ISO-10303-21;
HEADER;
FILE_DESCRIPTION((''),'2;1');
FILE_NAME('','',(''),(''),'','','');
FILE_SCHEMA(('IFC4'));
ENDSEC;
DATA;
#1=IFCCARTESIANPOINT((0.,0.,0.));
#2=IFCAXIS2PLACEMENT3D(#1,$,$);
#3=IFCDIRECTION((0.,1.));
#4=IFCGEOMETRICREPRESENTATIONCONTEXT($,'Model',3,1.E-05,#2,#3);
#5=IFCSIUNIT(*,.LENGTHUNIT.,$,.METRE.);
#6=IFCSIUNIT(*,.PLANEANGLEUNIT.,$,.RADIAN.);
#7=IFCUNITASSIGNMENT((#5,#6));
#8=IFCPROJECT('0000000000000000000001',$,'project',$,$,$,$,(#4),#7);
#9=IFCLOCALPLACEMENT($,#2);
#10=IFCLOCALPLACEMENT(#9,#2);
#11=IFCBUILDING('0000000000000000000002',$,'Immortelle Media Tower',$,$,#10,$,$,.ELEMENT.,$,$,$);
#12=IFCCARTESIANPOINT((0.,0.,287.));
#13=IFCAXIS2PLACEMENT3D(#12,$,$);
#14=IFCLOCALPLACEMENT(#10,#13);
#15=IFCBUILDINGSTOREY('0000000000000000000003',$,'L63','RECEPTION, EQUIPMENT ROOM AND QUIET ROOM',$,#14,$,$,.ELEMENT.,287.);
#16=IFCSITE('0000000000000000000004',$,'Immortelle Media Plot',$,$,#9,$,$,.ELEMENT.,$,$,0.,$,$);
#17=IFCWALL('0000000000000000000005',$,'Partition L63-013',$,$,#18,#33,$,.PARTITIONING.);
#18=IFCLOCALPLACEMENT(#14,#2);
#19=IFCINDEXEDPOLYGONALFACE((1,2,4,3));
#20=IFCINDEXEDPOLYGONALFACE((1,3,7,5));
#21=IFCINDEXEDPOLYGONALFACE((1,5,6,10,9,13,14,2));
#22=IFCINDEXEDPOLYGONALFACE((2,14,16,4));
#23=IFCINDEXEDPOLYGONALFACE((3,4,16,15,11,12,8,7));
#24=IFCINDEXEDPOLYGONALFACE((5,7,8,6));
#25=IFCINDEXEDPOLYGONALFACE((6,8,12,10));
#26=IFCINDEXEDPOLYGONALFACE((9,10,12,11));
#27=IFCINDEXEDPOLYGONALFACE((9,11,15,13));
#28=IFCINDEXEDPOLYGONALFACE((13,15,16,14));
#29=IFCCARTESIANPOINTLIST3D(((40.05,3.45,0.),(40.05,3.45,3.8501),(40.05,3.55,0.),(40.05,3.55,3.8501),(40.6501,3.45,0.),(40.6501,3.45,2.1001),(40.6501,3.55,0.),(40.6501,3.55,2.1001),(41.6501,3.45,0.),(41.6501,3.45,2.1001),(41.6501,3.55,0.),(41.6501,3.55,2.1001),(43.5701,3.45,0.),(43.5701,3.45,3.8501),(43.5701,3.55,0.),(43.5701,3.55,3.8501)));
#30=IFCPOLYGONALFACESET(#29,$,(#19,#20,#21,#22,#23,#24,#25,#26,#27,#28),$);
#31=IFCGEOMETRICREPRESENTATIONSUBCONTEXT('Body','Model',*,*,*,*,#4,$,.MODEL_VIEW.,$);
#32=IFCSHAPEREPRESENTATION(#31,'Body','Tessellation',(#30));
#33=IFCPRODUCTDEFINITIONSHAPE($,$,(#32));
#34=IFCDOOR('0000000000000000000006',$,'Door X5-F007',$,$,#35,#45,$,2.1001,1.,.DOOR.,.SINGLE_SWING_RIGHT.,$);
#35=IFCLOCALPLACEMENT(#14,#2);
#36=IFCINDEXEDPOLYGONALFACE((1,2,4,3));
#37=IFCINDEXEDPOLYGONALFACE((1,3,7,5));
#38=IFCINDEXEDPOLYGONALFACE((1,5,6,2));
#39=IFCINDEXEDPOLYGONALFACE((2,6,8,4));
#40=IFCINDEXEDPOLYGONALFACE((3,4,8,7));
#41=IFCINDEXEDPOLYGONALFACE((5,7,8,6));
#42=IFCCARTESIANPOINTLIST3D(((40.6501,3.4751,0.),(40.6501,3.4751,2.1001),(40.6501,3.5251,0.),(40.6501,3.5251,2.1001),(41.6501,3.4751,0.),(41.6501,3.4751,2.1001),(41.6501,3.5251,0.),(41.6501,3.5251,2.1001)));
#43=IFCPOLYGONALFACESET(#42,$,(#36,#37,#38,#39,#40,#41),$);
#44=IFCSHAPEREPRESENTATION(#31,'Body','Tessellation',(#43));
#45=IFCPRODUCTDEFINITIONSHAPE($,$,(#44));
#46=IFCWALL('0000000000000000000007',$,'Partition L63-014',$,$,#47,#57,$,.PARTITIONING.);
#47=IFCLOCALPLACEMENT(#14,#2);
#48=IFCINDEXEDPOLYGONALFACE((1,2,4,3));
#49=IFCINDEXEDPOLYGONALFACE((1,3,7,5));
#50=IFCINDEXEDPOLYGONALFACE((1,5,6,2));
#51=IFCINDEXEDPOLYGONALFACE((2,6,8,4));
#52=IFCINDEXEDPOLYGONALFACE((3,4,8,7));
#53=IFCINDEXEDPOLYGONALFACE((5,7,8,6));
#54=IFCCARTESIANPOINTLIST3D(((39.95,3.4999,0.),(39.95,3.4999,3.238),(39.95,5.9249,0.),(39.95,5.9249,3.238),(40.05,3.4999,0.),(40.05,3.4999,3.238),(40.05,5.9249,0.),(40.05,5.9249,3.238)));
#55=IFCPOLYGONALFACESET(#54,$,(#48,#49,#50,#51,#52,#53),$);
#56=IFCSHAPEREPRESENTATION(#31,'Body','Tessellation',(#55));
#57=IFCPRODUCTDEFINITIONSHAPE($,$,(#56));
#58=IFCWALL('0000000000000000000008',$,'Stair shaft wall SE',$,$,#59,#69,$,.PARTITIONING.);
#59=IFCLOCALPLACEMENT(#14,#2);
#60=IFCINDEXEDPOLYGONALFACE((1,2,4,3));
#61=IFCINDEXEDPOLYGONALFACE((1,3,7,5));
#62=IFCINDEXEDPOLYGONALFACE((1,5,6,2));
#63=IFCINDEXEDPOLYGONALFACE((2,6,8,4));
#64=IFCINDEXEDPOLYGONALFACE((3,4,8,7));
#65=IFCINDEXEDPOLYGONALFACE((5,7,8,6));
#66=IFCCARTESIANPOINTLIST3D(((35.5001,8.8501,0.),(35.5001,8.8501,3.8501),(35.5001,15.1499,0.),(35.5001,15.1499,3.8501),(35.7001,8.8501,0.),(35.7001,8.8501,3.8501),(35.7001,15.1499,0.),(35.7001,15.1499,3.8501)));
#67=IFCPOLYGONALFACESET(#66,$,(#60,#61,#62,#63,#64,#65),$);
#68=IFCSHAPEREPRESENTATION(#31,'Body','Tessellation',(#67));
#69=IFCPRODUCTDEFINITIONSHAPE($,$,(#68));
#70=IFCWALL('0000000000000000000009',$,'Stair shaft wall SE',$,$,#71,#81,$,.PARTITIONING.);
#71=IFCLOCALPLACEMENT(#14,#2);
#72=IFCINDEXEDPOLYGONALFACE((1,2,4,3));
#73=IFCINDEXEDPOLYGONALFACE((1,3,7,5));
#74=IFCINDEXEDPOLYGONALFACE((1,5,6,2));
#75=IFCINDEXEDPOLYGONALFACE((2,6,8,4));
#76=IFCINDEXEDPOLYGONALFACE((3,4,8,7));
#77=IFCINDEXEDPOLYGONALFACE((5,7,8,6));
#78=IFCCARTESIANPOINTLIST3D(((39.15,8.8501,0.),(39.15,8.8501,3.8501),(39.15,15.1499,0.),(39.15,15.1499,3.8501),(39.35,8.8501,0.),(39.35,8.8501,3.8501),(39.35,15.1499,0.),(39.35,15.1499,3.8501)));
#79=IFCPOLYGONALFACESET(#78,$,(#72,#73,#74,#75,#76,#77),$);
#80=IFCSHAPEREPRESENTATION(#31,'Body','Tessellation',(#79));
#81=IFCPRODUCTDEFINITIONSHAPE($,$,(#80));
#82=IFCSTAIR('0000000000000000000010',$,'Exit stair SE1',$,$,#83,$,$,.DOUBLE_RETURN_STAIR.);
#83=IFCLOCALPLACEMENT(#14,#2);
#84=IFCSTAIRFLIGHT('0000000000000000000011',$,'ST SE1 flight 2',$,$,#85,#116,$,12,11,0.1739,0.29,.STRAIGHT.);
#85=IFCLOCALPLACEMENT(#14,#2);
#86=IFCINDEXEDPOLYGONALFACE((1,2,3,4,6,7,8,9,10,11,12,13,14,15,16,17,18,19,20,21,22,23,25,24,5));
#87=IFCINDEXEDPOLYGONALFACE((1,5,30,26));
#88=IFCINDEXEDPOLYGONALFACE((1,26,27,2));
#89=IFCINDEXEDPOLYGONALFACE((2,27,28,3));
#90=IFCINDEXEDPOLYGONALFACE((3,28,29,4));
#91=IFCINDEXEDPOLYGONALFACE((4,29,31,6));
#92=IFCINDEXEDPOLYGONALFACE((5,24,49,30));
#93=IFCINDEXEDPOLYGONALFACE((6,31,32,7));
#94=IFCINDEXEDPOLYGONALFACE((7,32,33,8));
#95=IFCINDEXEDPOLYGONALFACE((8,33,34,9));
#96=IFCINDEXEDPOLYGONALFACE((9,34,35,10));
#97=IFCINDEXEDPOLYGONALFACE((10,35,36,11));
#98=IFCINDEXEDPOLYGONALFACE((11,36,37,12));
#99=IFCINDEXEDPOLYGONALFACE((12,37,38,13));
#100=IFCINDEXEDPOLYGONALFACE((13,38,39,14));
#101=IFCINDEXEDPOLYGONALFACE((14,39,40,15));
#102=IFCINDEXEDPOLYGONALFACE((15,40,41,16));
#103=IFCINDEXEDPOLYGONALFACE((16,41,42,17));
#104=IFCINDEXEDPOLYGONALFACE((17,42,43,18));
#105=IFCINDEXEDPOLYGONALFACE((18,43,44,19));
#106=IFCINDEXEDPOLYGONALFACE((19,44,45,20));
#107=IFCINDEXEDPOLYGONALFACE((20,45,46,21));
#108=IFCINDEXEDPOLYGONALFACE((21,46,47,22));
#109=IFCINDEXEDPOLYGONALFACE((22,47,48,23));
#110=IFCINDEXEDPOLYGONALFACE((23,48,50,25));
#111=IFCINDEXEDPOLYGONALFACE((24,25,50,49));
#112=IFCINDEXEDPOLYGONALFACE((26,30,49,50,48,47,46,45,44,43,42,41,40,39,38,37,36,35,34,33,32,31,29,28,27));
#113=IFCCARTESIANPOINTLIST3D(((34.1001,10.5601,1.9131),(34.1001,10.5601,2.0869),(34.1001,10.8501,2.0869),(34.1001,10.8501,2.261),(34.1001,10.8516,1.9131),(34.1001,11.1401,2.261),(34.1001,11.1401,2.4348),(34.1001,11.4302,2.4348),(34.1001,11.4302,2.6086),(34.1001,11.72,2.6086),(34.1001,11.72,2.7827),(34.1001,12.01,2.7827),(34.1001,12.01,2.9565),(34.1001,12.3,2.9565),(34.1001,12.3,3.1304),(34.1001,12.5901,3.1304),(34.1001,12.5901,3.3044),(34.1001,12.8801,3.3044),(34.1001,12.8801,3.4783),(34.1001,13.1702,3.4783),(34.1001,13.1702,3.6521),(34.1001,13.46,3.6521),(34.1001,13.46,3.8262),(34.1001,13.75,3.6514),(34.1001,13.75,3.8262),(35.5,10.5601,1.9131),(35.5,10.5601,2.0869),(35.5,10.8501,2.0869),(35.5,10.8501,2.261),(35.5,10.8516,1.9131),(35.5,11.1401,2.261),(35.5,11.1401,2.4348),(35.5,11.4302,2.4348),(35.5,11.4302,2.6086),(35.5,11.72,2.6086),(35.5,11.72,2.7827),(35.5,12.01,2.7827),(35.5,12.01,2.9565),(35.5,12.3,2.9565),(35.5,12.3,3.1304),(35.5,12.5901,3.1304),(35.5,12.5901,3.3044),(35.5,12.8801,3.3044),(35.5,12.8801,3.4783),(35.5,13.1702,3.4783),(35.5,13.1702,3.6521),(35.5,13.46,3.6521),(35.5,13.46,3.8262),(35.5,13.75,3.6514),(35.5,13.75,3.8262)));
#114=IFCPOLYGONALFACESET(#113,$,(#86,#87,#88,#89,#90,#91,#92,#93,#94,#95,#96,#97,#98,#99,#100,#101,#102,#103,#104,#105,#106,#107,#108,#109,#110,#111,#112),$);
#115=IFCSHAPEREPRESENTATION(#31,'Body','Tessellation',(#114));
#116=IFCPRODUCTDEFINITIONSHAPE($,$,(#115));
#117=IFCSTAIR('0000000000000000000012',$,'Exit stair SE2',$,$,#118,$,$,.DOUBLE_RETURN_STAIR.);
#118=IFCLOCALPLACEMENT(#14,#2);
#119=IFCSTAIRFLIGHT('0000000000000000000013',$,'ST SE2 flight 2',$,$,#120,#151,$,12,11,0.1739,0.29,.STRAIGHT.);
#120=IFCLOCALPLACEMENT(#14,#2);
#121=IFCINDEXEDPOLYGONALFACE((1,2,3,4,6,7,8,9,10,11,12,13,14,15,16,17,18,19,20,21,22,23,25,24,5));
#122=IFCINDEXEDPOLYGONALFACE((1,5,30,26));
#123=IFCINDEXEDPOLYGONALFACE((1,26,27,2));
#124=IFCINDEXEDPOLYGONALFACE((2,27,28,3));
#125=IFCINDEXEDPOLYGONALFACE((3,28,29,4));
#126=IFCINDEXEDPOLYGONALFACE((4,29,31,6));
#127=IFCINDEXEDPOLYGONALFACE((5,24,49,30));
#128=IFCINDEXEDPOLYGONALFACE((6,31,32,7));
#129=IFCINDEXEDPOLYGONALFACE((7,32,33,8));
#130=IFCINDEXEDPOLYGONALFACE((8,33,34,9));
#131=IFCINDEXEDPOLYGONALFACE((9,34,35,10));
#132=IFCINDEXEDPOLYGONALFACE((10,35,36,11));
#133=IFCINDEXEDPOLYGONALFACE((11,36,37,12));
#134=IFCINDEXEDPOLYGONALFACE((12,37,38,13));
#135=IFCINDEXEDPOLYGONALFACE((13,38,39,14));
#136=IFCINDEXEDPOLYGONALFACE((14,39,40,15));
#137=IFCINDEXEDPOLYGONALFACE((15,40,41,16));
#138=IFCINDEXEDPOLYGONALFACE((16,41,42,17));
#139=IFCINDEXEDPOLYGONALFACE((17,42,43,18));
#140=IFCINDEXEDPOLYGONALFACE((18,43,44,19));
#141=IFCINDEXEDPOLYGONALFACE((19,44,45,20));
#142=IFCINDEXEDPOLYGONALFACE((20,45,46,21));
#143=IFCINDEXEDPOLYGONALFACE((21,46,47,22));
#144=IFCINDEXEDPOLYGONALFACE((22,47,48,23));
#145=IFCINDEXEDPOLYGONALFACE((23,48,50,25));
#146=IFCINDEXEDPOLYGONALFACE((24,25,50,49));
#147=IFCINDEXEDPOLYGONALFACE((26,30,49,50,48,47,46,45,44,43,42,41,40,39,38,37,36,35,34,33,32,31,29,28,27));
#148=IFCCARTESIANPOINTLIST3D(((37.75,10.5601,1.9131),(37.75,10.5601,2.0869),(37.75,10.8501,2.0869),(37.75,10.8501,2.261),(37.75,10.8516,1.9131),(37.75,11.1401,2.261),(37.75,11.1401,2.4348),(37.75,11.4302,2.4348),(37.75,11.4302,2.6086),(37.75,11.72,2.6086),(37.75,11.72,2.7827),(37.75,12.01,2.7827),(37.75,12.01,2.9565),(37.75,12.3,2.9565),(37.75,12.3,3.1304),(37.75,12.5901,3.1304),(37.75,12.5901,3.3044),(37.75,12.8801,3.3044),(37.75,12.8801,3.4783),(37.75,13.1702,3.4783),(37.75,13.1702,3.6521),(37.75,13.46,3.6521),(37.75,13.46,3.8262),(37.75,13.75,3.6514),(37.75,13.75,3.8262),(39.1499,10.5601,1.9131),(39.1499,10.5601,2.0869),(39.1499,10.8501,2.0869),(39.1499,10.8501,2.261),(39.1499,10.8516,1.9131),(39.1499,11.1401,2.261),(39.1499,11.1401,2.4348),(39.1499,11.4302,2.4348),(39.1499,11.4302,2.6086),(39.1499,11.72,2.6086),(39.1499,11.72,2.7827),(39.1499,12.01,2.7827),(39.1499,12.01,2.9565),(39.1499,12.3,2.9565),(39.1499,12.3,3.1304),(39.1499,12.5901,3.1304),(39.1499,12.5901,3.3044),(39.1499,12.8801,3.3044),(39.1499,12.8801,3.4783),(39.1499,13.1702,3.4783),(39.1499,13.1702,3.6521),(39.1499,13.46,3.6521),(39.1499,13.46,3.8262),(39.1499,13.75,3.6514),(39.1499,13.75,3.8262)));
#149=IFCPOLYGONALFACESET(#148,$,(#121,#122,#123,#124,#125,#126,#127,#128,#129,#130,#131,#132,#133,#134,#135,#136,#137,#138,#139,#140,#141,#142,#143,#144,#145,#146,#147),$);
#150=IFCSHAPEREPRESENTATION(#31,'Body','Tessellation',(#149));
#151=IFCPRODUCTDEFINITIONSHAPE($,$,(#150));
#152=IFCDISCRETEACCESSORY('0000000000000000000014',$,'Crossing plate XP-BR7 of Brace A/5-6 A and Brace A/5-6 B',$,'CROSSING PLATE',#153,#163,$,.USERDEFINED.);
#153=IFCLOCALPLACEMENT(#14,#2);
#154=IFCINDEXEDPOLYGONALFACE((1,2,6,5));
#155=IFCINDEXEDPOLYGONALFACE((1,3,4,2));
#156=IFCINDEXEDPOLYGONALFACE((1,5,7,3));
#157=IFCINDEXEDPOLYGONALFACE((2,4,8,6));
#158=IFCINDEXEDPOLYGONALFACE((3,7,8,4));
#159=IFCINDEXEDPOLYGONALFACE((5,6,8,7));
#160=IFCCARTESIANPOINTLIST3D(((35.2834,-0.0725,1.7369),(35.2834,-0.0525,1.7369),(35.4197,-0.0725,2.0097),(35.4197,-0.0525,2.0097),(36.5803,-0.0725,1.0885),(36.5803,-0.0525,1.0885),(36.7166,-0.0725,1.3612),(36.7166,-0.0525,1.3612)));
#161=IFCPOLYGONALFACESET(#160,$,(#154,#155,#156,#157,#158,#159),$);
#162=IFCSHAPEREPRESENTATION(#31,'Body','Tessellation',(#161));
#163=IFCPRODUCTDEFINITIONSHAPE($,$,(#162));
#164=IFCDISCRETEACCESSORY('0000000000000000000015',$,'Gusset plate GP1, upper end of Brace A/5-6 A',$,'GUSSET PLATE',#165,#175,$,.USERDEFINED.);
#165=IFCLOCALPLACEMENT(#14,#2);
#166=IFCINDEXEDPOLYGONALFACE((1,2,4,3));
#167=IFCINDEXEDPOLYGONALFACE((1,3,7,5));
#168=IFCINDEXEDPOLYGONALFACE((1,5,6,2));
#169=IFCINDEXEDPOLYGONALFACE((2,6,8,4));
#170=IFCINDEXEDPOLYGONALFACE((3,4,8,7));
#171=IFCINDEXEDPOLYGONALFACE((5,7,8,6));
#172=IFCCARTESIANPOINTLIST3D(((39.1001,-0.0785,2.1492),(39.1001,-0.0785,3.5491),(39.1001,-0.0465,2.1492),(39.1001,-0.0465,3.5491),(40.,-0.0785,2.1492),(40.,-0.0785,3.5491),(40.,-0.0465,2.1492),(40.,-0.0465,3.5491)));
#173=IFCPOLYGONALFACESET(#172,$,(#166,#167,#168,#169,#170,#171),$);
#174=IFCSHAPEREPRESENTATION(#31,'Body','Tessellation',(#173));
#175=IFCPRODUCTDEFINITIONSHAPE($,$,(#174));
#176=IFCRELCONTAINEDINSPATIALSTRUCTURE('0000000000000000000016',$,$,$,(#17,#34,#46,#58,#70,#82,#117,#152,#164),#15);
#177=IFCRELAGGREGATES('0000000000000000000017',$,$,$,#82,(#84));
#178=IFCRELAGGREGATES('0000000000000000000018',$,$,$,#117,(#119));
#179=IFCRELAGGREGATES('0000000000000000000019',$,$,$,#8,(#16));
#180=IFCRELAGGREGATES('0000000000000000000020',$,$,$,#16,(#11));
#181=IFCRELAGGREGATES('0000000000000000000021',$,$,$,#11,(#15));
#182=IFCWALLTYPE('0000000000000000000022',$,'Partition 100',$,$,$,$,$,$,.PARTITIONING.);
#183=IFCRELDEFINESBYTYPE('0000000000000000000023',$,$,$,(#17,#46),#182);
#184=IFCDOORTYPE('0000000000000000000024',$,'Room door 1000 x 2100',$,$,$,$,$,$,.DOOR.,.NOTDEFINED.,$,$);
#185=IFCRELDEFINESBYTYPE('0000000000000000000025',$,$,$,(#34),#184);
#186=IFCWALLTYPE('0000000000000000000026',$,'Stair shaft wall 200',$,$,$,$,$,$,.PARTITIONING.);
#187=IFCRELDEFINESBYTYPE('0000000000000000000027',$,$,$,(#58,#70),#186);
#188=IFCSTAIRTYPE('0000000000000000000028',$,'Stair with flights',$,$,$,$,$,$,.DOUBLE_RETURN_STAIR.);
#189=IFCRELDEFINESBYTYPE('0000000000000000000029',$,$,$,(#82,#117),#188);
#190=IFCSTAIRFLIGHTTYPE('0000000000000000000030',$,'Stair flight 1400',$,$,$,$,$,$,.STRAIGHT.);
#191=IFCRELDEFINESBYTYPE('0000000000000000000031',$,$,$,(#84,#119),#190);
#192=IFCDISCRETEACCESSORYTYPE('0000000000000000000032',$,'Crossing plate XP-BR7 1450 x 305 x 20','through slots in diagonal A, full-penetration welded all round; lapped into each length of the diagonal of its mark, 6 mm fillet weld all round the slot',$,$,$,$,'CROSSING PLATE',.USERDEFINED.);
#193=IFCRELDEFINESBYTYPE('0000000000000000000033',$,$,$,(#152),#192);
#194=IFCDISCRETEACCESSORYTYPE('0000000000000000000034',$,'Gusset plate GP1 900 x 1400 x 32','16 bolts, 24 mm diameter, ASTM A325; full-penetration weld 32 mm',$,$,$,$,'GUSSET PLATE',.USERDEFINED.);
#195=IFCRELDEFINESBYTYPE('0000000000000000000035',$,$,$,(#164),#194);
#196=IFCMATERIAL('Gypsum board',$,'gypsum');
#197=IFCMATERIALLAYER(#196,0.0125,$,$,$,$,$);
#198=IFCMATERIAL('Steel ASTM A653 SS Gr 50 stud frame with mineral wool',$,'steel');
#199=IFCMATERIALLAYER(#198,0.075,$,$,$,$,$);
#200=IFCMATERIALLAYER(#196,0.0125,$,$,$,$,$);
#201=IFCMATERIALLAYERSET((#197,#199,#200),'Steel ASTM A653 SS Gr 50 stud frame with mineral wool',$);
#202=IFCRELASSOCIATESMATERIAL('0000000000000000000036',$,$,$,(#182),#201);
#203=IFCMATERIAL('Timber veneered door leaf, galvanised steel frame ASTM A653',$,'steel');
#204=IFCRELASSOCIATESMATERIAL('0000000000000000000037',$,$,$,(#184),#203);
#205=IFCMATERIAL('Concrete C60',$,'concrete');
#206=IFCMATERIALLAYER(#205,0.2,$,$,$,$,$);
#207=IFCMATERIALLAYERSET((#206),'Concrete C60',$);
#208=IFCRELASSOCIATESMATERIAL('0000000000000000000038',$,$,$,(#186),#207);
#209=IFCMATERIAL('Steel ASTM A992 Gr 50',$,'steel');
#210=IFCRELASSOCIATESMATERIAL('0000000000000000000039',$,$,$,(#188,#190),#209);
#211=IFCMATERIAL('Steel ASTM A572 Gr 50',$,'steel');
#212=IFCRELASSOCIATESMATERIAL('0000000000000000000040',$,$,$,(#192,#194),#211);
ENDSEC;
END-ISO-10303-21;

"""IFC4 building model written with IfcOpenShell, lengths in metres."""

from ifc_helpers import new_model, si_unit, direction, frame, frame_2d, origin, origin_2d, place, context, subcontext, project, spatial, polyline, rectangle, outline, extrude, material, layer, layer_set, material_profile, profile_set, type_object, element, fill, aggregate, save


model = new_model("IFC4")

# Units and contexts
model_context = context("Model", 3, precision=1e-05, world=origin(), true_north=direction((0.0, 1.0)))
body_context = subcontext(model_context, "Body", "Model", "MODEL_VIEW")
ifc_project = project(units=[si_unit("LENGTHUNIT", "METRE"), si_unit("PLANEANGLEUNIT", "RADIAN")], contexts=[model_context])

# Site, building, storey
site_placement = place(None, origin())
site = spatial("IfcSite", under=ifc_project, at=site_placement, Name="Immortelle Media Plot", CompositionType="ELEMENT", RefElevation=0.0)
building_placement = place(site_placement, origin())
building = spatial("IfcBuilding", under=site, at=building_placement, Name="Immortelle Media Tower", CompositionType="ELEMENT")
storey_placement = place(building_placement, frame((0.0, 0.0, 287.0)))
storey = spatial("IfcBuildingStorey", under=building, at=storey_placement, Name="L63", Description="RECEPTION, EQUIPMENT ROOM AND QUIET ROOM", CompositionType="ELEMENT", Elevation=287.0)

# Shared definitions
ifc_material_1 = material(Name="Steel ASTM A992 Gr 50", Category="steel")

# Shared definitions
ifc_material_2 = material(Name="Steel ASTM A653 SS Gr 50 stud frame with mineral wool", Category="steel")
ifc_material_3 = material(Name="Gypsum board", Category="gypsum")
ifc_layer_1 = layer(ifc_material_3, 0.0125)
ifc_layer_2 = layer(ifc_material_2, 0.075)
ifc_layer_3 = layer(ifc_material_3, 0.0125)
ifc_layer_set_1 = layer_set([ifc_layer_1, ifc_layer_2, ifc_layer_3], Name="Steel ASTM A653 SS Gr 50 stud frame with mineral wool")
wall_type_1 = type_object("IfcWallType", Name="Partition 100", PredefinedType="PARTITIONING", material=ifc_layer_set_1)

# Wall, opening, door
wall_1_placement = place(storey_placement, frame((40.05, 3.5, 0.0), z_axis=(0.0, 0.0, 1.0), x_axis=(1.0, 0.0, 0.0)))
wall_1 = element("IfcWall", 1, at=wall_1_placement, inside=storey, type_object=wall_type_1, Name="Partition L63-013", PredefinedType="PARTITIONING", context=body_context, shape_type="SweptSolid", body=[
    extrude(rectangle(XDim=3.52, YDim=0.1001, at=frame_2d((1.76, 0.0))), origin(), (0.0, 0.0, 1.0), 3.8501),
])
opening_placement = place(wall_1_placement, frame((1.6001, 0.0, 0.0), z_axis=(0.0, 0.0, 1.0), x_axis=(-1.0, 0.0, 0.0)))
opening = element("IfcOpeningElement", 2, at=opening_placement, cuts=wall_1, PredefinedType="OPENING", context=body_context, shape_type="SweptSolid", body=[
    extrude(rectangle(XDim=1.0, YDim=2.1001, at=frame_2d((0.5, 1.05))), frame((0.0, 0.0601, 0.0), z_axis=(0.0, -1.0, 0.0), x_axis=(1.0, 0.0, 0.0)), (0.0, 0.0, 1.0), 0.1201),
])
ifc_material_4 = material(Name="Timber veneered door leaf, galvanised steel frame ASTM A653", Category="steel")
door_type = type_object("IfcDoorType", Name="Room door 1000 x 2100", OperationType="NOTDEFINED", PredefinedType="DOOR", material=ifc_material_4)
door_placement = place(opening_placement, origin())
door = element("IfcDoor", 3, at=door_placement, inside=storey, type_object=door_type, Name="Door X5-F007", OperationType="SINGLE_SWING_RIGHT", OverallHeight=2.1001, OverallWidth=1.0, PredefinedType="DOOR", context=body_context, shape_type="SweptSolid", body=[
    extrude(rectangle(XDim=1.0, YDim=2.1001, at=frame_2d((0.5, 1.05))), frame((0.0, 0.0249, 0.0), z_axis=(0.0, -1.0, 0.0), x_axis=(1.0, 0.0, 0.0)), (0.0, 0.0, 1.0), 0.05),
])
fill(opening, door)

# Walls
wall_2_placement = place(storey_placement, frame((40.0, 3.5, 0.0), z_axis=(0.0, 0.0, 1.0), x_axis=(0.0, 1.0, 0.0)))
element("IfcWall", 4, at=wall_2_placement, inside=storey, type_object=wall_type_1, Name="Partition L63-014", PredefinedType="PARTITIONING", context=body_context, shape_type="SweptSolid", body=[
    extrude(rectangle(XDim=2.425, YDim=0.1001, at=frame_2d((1.2124, 0.0))), origin(), (0.0, 0.0, 1.0), 3.238),
])
ifc_material_5 = material(Name="Concrete C60", Category="concrete")
ifc_layer_4 = layer(ifc_material_5, 0.2)
ifc_layer_set_2 = layer_set([ifc_layer_4], Name="Concrete C60")
wall_type_2 = type_object("IfcWallType", Name="Stair shaft wall 200", PredefinedType="PARTITIONING", material=ifc_layer_set_2)
for number, where, z_axis, x_axis, name in (
    (5, (35.6001, 8.8501, 0.0), (0.0, 0.0, 1.0), (0.0, 1.0, 0.0), "Stair shaft wall SE"),
    (6, (39.25, 8.8501, 0.0), (0.0, 0.0, 1.0), (0.0, 1.0, 0.0), "Stair shaft wall SE"),
):
    element("IfcWall", number, at=place(storey_placement, frame(where, z_axis=z_axis, x_axis=x_axis)), inside=storey, type_object=wall_type_2, Name=name, PredefinedType="PARTITIONING", context=body_context, shape_type="SweptSolid", body=[
        extrude(rectangle(XDim=6.2998, YDim=0.2, at=frame_2d((3.1499, 0.0))), origin(), (0.0, 0.0, 1.0), 3.8501),
    ])

# Stairs, stair flights
stair_type = type_object("IfcStairType", Name="Stair with flights", PredefinedType="DOUBLE_RETURN_STAIR", material=ifc_material_1)
stair_1_placement = place(storey_placement, origin())
stair_1 = element("IfcStair", 7, at=stair_1_placement, inside=storey, type_object=stair_type, Name="Exit stair SE1", PredefinedType="DOUBLE_RETURN_STAIR")
stair_flight_type = type_object("IfcStairFlightType", Name="Stair flight 1400", PredefinedType="STRAIGHT", material=ifc_material_1)
stair_flight_1_placement = place(storey_placement, frame((34.8, 10.5601, 1.9131), z_axis=(0.0, 0.0, 1.0), x_axis=(0.0, 1.0, 0.0)))
stair_flight_1 = element("IfcStairFlight", 8, at=stair_flight_1_placement, type_object=stair_flight_type, Name="ST SE1 flight 2", NumberOfRisers=12, NumberOfTreads=11, PredefinedType="STRAIGHT", RiserHeight=0.1739, TreadLength=0.29, context=body_context, shape_type="SweptSolid", body=[
    extrude(outline(polyline([(0.0, 0.0), (0.0, 0.1738), (0.29, 0.1738), (0.29, 0.3479), (0.5801, 0.3479), (0.5801, 0.5217), (0.8701, 0.5217), (0.8701, 0.6956), (1.1599, 0.6956), (1.1599, 0.8696), (1.45, 0.8696), (1.45, 1.0435), (1.74, 1.0435), (1.74, 1.2173), (2.03, 1.2173), (2.03, 1.3914), (2.3201, 1.3914), (2.3201, 1.5652), (2.6101, 1.5652), (2.6101, 1.739), (2.8999, 1.739), (2.8999, 1.9131), (3.1899, 1.9131), (3.1899, 2.0869), (3.1899, 1.7383), (0.2915, 0.0), (0.0, 0.0)])), frame((0.0, 0.7, 0.0), z_axis=(0.0, -1.0, 0.0), x_axis=(1.0, 0.0, 0.0)), (0.0, 0.0, 1.0), 1.3999),
])
aggregate(stair_1, [stair_flight_1])
stair_2_placement = place(storey_placement, origin())
stair_2 = element("IfcStair", 9, at=stair_2_placement, inside=storey, type_object=stair_type, Name="Exit stair SE2", PredefinedType="DOUBLE_RETURN_STAIR")
stair_flight_2_placement = place(storey_placement, frame((38.45, 10.5601, 1.9131), z_axis=(0.0, 0.0, 1.0), x_axis=(0.0, 1.0, 0.0)))
stair_flight_2 = element("IfcStairFlight", 10, at=stair_flight_2_placement, type_object=stair_flight_type, Name="ST SE2 flight 2", NumberOfRisers=12, NumberOfTreads=11, PredefinedType="STRAIGHT", RiserHeight=0.1739, TreadLength=0.29, context=body_context, shape_type="SweptSolid", body=[
    extrude(outline(polyline([(0.0, 0.0), (0.0, 0.1738), (0.29, 0.1738), (0.29, 0.3479), (0.5801, 0.3479), (0.5801, 0.5217), (0.8701, 0.5217), (0.8701, 0.6956), (1.1599, 0.6956), (1.1599, 0.8696), (1.45, 0.8696), (1.45, 1.0435), (1.74, 1.0435), (1.74, 1.2173), (2.03, 1.2173), (2.03, 1.3914), (2.3201, 1.3914), (2.3201, 1.5652), (2.6101, 1.5652), (2.6101, 1.739), (2.8999, 1.739), (2.8999, 1.9131), (3.1899, 1.9131), (3.1899, 2.0869), (3.1899, 1.7383), (0.2915, 0.0), (0.0, 0.0)])), frame((0.0, 0.7, 0.0), z_axis=(0.0, -1.0, 0.0), x_axis=(1.0, 0.0, 0.0)), (0.0, 0.0, 1.0), 1.3999),
])
aggregate(stair_2, [stair_flight_2])

# Discrete accessories
ifc_material_6 = material(Name="Steel ASTM A572 Gr 50", Category="steel")
ifc_material_profile_1 = material_profile(ifc_material_6, rectangle(XDim=0.02, YDim=0.3049, at=origin_2d()), Name="PL 20 x 305")
ifc_profile_set_1 = profile_set([ifc_material_profile_1], Name="Steel ASTM A572 Gr 50")
discrete_accessory_type_1 = type_object("IfcDiscreteAccessoryType", Name="Crossing plate XP-BR7 1450 x 305 x 20", Description="through slots in diagonal A, full-penetration welded all round; lapped into each length of the diagonal of its mark, 6 mm fillet weld all round the slot", ElementType="CROSSING PLATE", PredefinedType="USERDEFINED", material=ifc_profile_set_1)
discrete_accessory_placement = place(storey_placement, frame((35.3516, -0.0625, 1.8733), z_axis=(0.894427, 0.0, -0.447214), x_axis=(0.0, 1.0, 0.0)))
element("IfcDiscreteAccessory", 11, at=discrete_accessory_placement, inside=storey, type_object=discrete_accessory_type_1, Name="Crossing plate XP-BR7 of Brace A/5-6 A and Brace A/5-6 B", ObjectType="CROSSING PLATE", PredefinedType="USERDEFINED", context=body_context, shape_type="SweptSolid", body=[
    extrude(rectangle(XDim=0.02, YDim=0.3049, at=origin_2d()), origin(), (0.0, 0.0, 1.0), 1.45),
])
ifc_material_profile_2 = material_profile(ifc_material_6, rectangle(XDim=0.032, YDim=1.3999, at=origin_2d()), Name="PL 32 x 1400")
ifc_profile_set_2 = profile_set([ifc_material_profile_2], Name="Steel ASTM A572 Gr 50")
discrete_accessory_type_2 = type_object("IfcDiscreteAccessoryType", Name="Gusset plate GP1 900 x 1400 x 32", Description="16 bolts, 24 mm diameter, ASTM A325; full-penetration weld 32 mm", ElementType="GUSSET PLATE", PredefinedType="USERDEFINED", material=ifc_profile_set_2)
for number, where, z_axis, x_axis, name in (
    (12, (40.0, -0.0625, 2.8491), (-1.0, 0.0, 0.0), (0.0, -1.0, 0.0), "Gusset plate GP1, upper end of Brace A/5-6 A"),
):
    element("IfcDiscreteAccessory", number, at=place(storey_placement, frame(where, z_axis=z_axis, x_axis=x_axis)), inside=storey, type_object=discrete_accessory_type_2, Name=name, ObjectType="GUSSET PLATE", PredefinedType="USERDEFINED", context=body_context, shape_type="SweptSolid", body=[
        extrude(rectangle(XDim=0.032, YDim=1.3999, at=origin_2d()), origin(), (0.0, 0.0, 1.0), 0.8999),
    ])

save(model, "model.ifc")
